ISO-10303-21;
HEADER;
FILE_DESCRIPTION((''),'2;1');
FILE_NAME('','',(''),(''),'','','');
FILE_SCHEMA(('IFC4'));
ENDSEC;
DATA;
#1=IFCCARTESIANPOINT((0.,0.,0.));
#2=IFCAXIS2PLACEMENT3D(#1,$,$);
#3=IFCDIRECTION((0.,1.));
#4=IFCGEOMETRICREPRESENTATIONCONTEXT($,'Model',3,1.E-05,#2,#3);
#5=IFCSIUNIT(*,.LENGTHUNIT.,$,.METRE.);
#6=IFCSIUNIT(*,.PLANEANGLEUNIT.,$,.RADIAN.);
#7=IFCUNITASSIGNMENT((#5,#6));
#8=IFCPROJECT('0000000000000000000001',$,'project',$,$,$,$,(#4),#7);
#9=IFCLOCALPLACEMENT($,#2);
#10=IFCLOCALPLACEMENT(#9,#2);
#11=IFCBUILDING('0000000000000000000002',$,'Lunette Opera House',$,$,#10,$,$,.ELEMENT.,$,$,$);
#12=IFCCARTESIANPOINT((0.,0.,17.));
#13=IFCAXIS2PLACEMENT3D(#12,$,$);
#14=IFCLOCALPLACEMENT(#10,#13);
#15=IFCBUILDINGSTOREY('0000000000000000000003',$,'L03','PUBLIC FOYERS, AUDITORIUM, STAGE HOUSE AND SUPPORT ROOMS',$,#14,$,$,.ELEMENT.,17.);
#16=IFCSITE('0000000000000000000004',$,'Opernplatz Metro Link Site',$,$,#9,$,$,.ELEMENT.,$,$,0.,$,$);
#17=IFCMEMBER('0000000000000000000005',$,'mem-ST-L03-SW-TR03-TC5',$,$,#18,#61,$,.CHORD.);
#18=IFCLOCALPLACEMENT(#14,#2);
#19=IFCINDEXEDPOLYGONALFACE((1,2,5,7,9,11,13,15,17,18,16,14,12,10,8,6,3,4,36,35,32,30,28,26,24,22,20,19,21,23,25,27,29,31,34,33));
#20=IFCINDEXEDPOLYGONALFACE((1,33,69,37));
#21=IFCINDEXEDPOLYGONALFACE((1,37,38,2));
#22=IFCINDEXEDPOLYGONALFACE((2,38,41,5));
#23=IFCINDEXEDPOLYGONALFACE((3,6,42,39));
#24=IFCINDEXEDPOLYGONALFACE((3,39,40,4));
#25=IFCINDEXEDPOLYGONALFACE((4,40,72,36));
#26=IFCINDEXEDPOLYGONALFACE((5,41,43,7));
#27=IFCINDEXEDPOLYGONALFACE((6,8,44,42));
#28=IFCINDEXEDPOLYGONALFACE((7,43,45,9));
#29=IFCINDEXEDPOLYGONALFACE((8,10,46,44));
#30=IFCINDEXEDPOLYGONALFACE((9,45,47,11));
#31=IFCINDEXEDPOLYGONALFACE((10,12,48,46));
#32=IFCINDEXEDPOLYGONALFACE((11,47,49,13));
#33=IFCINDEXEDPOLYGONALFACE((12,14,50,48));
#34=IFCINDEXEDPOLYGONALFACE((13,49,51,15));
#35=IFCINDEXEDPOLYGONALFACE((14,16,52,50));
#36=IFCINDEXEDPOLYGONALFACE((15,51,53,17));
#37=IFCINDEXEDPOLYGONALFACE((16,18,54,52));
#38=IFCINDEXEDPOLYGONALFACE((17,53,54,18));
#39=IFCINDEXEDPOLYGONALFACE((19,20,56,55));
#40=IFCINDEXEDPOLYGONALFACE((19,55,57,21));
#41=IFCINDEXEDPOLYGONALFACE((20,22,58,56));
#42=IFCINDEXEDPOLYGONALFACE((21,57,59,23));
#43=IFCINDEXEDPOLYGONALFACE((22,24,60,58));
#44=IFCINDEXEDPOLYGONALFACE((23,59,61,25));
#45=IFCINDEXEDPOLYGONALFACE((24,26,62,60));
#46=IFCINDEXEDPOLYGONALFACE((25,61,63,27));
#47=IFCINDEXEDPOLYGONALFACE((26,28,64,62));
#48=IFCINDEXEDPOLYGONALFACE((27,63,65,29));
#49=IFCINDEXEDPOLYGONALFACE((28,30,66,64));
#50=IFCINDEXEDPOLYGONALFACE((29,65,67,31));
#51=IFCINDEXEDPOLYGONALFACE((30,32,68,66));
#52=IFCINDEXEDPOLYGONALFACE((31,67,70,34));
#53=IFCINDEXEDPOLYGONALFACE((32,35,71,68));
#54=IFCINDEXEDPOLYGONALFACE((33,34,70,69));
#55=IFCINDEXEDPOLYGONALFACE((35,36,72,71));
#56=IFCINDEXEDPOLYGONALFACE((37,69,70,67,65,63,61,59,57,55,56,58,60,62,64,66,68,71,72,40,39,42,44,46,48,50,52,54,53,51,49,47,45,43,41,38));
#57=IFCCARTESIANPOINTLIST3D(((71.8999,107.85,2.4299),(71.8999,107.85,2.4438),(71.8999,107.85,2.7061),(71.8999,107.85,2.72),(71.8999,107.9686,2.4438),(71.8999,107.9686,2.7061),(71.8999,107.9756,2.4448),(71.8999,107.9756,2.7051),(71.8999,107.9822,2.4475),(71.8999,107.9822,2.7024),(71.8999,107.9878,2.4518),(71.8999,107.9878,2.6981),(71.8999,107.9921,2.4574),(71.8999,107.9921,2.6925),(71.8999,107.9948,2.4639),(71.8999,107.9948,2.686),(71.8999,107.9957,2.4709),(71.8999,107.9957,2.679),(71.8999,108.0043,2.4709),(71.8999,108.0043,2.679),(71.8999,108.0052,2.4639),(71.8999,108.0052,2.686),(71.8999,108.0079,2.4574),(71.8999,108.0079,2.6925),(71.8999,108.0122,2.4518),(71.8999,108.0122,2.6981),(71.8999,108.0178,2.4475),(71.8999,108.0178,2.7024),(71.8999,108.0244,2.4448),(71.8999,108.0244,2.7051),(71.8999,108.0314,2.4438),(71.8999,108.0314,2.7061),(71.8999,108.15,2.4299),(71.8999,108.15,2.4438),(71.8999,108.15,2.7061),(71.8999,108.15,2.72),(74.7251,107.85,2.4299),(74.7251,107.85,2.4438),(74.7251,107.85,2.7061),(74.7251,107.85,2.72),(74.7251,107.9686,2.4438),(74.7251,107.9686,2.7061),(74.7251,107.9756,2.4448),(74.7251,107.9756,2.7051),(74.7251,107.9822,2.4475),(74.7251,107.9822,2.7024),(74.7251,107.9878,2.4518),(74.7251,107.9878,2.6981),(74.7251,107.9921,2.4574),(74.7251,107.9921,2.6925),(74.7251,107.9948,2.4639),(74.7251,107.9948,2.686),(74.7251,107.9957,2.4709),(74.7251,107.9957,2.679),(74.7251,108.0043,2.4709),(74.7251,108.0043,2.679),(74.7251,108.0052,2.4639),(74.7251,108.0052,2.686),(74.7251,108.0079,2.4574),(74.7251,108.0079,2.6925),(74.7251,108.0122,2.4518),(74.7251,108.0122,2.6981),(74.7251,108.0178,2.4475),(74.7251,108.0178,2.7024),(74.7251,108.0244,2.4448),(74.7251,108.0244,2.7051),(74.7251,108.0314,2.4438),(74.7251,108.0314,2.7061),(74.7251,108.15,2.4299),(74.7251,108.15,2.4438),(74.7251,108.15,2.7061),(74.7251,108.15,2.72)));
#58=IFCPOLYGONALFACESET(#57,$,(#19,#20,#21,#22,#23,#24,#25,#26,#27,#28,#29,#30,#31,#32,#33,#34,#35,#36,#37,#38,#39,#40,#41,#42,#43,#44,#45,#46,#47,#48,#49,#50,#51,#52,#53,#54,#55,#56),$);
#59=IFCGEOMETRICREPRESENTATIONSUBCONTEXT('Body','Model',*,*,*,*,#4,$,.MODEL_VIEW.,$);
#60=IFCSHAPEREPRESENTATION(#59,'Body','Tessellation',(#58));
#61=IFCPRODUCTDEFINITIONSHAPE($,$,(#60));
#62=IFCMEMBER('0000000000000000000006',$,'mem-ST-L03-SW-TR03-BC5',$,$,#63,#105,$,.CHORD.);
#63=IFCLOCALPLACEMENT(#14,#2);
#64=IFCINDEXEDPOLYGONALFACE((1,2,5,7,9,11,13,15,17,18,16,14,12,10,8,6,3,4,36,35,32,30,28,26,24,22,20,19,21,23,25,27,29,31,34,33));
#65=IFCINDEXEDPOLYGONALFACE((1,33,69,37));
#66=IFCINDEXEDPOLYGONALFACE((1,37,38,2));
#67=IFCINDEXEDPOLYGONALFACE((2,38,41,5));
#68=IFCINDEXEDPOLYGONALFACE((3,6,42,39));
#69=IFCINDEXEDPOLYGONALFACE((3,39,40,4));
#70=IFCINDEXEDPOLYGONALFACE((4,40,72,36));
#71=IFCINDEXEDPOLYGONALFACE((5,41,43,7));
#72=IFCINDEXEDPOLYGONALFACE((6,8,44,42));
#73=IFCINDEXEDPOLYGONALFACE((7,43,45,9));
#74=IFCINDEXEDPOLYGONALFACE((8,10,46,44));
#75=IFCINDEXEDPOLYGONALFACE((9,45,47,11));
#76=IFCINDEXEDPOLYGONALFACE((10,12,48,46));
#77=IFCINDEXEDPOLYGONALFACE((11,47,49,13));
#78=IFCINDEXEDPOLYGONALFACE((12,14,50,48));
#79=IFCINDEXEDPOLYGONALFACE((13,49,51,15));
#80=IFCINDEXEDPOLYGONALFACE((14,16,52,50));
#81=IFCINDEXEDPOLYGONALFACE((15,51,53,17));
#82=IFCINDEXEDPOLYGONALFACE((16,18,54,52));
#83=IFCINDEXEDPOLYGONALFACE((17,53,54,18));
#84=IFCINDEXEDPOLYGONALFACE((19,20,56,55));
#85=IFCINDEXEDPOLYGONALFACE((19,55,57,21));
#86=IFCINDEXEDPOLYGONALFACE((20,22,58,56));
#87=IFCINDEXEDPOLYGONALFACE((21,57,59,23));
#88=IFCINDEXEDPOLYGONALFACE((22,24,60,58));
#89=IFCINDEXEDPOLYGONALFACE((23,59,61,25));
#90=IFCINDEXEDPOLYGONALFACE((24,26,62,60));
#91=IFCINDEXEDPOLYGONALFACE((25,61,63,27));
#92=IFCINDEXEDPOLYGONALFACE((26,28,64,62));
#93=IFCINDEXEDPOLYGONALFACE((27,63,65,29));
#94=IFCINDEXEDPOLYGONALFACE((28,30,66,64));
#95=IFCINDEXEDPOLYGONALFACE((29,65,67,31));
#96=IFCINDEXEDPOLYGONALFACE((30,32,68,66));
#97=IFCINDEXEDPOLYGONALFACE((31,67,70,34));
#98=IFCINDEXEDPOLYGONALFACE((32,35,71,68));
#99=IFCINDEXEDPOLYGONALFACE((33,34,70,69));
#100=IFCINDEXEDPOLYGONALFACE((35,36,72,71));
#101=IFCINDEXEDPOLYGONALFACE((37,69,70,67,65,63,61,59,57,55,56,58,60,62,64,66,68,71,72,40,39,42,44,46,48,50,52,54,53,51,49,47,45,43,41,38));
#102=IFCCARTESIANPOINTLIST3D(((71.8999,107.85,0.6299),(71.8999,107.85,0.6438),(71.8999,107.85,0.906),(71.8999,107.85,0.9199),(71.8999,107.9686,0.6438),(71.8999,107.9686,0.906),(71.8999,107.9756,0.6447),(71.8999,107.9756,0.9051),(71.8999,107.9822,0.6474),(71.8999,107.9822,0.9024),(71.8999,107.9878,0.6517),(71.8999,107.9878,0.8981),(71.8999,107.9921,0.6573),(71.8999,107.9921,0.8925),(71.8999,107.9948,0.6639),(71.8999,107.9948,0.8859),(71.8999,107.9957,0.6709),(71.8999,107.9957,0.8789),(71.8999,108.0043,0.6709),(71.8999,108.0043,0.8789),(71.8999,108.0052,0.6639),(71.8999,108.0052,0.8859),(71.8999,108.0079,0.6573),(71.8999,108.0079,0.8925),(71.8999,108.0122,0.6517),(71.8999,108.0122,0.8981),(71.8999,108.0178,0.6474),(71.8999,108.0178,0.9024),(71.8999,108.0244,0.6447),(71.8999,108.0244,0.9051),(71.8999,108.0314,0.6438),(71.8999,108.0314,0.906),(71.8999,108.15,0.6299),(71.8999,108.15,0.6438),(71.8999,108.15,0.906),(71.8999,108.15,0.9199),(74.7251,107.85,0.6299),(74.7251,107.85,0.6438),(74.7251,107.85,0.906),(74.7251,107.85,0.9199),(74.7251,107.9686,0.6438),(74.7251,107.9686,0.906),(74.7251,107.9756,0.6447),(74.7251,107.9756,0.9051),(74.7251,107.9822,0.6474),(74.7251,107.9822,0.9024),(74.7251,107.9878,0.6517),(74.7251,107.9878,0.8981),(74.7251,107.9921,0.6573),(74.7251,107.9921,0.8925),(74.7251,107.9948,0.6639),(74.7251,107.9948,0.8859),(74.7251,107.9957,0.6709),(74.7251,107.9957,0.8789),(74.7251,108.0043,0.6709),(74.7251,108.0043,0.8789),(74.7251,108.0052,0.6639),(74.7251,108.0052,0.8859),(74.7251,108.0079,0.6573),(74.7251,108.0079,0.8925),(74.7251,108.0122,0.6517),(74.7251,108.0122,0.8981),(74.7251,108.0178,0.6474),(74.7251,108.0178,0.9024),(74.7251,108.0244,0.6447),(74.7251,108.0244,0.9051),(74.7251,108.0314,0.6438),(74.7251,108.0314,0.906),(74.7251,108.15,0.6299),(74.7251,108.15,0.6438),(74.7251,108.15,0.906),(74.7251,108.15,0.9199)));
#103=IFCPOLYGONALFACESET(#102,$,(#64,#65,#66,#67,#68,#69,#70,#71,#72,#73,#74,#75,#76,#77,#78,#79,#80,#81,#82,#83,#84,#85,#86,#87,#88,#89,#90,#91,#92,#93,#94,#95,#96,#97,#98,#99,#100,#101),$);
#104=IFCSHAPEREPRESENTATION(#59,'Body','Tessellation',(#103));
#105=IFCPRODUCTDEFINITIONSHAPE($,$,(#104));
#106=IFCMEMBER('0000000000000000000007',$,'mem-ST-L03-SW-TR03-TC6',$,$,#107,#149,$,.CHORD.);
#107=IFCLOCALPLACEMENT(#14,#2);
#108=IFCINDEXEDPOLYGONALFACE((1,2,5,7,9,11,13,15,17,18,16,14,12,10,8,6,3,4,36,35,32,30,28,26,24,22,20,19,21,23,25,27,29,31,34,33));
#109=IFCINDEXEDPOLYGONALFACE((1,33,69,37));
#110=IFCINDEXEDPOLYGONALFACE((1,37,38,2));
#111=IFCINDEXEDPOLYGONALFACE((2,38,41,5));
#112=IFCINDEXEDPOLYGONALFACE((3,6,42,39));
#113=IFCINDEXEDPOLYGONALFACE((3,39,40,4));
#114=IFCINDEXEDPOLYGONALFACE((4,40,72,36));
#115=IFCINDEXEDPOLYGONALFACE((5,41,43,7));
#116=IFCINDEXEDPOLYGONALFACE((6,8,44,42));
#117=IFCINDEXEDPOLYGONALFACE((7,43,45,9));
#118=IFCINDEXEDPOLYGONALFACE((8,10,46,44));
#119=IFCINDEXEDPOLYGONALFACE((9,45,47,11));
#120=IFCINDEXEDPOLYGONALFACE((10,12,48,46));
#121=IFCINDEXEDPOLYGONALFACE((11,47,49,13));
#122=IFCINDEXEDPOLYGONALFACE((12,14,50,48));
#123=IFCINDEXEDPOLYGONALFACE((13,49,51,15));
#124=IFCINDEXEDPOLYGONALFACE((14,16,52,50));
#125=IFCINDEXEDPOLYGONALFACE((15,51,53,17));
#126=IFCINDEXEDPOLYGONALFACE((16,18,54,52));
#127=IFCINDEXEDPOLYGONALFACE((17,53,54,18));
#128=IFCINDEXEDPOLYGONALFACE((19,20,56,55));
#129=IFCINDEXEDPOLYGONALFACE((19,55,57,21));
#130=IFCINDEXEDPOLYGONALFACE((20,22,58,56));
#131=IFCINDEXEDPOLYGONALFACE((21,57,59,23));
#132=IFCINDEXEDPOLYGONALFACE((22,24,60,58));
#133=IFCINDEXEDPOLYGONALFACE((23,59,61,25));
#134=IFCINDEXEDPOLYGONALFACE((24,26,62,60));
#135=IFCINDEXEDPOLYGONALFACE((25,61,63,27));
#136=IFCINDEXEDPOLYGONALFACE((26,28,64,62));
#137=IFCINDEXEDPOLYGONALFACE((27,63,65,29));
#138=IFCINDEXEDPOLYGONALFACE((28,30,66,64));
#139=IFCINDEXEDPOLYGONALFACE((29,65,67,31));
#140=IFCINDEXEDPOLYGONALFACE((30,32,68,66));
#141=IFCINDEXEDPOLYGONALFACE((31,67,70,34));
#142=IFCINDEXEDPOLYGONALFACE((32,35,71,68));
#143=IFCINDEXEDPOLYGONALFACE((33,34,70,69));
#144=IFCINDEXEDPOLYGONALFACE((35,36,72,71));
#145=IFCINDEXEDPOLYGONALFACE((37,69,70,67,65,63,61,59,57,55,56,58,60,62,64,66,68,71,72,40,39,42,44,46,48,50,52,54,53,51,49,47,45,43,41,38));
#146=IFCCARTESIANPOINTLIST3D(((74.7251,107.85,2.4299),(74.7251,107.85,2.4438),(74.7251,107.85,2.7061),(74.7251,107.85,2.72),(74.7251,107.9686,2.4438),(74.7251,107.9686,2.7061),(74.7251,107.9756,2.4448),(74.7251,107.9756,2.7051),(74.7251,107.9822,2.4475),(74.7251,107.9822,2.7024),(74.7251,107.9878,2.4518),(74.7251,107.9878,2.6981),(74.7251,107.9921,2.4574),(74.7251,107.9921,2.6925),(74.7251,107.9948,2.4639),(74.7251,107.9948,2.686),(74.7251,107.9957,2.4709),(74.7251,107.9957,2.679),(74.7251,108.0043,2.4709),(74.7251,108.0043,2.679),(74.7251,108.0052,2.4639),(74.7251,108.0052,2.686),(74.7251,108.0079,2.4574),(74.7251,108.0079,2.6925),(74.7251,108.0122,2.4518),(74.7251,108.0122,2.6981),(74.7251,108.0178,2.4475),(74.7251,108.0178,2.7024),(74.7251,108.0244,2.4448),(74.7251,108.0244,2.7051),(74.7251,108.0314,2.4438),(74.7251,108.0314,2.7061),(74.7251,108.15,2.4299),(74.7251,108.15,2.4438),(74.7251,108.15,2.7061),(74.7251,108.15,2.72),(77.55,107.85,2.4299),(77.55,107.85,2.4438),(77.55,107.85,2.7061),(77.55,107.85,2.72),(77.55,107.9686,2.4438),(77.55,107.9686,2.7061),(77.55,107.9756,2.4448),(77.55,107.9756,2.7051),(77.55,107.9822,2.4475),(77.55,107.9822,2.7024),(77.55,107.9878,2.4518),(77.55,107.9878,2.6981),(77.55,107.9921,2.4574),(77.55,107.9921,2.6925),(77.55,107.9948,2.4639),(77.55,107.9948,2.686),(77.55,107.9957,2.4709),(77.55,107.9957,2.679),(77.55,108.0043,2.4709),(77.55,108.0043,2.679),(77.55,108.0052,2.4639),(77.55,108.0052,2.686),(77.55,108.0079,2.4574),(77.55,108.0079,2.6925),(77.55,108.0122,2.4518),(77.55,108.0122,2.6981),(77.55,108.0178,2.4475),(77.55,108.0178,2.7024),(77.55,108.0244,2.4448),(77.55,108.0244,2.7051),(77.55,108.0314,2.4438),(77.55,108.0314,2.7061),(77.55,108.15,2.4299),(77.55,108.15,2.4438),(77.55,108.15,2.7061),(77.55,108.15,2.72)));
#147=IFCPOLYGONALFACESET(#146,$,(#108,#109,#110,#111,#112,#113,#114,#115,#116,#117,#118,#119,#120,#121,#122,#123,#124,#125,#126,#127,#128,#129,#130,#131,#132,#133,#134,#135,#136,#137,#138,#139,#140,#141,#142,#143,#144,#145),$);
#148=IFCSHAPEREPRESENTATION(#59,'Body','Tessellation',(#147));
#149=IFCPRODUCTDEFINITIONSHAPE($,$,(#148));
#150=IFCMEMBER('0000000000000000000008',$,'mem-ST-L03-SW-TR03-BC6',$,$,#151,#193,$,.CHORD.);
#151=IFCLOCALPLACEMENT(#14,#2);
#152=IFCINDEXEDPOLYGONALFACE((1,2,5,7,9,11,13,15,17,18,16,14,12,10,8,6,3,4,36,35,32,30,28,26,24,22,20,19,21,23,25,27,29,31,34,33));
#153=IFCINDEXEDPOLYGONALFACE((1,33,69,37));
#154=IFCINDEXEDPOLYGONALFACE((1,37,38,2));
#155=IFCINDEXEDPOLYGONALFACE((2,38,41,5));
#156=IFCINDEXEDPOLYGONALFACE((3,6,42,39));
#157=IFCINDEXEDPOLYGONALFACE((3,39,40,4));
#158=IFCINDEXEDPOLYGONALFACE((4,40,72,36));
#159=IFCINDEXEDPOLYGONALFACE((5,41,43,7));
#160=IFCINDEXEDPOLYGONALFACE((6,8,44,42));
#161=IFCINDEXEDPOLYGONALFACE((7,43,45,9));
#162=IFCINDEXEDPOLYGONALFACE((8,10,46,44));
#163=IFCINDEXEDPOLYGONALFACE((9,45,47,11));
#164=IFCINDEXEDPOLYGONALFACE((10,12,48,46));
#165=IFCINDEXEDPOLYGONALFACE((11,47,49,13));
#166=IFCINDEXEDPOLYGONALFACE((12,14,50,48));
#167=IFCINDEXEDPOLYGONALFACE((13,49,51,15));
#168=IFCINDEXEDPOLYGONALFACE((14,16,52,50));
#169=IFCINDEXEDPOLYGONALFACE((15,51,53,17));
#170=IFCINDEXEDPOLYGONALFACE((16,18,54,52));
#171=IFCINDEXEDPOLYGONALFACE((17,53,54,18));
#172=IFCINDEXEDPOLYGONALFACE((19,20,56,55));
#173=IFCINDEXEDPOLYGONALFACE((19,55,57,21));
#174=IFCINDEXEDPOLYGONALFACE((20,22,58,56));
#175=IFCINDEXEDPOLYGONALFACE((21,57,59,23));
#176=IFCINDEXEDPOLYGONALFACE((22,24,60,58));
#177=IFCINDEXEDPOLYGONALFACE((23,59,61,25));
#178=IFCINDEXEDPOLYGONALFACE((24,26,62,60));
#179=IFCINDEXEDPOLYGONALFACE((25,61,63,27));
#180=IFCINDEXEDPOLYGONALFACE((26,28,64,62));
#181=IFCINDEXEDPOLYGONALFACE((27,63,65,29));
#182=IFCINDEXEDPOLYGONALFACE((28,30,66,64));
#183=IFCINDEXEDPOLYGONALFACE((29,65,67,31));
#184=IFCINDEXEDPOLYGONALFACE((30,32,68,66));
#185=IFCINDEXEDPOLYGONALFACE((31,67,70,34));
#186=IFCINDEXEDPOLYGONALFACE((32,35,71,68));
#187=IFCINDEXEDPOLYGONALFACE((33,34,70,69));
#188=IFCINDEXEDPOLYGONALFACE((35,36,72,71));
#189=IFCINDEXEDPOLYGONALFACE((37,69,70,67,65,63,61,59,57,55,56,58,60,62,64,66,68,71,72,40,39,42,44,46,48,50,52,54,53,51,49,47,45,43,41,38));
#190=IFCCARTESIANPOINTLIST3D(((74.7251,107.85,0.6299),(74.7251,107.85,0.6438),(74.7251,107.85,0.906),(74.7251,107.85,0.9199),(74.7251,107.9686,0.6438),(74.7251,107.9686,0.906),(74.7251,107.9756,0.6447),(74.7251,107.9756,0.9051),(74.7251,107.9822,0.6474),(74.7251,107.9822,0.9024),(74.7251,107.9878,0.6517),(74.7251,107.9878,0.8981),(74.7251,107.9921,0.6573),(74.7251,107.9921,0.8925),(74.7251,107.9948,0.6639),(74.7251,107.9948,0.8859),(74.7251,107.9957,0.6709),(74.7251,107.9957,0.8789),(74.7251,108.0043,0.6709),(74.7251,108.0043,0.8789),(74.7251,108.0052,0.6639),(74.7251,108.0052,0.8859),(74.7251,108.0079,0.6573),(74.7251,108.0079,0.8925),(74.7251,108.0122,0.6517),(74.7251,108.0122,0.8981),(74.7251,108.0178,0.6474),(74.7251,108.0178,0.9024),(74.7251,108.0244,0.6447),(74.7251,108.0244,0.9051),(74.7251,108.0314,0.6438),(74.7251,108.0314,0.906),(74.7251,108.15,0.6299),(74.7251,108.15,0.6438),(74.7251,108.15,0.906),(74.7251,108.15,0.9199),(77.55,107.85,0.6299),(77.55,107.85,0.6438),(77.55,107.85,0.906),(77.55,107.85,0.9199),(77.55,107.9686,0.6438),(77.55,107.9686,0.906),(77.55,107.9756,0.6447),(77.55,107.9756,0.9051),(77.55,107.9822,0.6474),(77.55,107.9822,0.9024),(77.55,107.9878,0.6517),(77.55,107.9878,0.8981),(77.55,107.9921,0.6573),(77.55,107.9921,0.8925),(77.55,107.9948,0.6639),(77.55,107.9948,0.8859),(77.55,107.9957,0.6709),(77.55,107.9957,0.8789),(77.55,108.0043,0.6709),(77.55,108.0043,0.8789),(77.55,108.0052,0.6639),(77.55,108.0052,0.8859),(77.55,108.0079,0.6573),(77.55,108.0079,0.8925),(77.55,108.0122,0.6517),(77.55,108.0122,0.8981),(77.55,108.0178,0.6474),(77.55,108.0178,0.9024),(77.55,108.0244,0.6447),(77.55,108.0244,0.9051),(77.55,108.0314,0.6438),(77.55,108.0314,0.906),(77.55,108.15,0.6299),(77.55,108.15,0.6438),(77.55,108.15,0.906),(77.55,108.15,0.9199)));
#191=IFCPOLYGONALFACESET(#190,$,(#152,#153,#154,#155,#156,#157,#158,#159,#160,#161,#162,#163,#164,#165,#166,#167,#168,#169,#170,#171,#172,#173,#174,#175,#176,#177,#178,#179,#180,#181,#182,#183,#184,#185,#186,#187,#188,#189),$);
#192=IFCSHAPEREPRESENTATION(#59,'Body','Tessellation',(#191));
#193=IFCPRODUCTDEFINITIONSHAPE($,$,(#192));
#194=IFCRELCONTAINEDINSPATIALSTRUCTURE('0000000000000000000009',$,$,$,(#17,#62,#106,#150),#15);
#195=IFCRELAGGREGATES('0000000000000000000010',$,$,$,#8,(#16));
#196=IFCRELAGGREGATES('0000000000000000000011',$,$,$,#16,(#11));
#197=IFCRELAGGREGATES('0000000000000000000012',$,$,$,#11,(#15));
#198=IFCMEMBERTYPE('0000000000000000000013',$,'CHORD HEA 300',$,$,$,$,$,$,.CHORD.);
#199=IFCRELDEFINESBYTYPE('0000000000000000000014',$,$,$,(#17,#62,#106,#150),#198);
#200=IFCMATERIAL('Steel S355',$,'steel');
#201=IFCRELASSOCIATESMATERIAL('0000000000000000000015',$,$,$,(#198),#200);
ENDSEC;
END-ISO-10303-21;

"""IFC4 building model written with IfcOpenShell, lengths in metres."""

from ifc_helpers import new_model, si_unit, direction, frame, origin, origin_2d, place, context, subcontext, project, spatial, i_section, extrude, material, material_profile, profile_set, type_object, element, save


model = new_model("IFC4")

# Units and contexts
model_context = context("Model", 3, precision=1e-05, world=origin(), true_north=direction((0.0, 1.0)))
body_context = subcontext(model_context, "Body", "Model", "MODEL_VIEW")
ifc_project = project(units=[si_unit("LENGTHUNIT", "METRE"), si_unit("PLANEANGLEUNIT", "RADIAN")], contexts=[model_context])

# Site, building, storey
site_placement = place(None, origin())
site = spatial("IfcSite", under=ifc_project, at=site_placement, Name="Opernplatz Metro Link Site", CompositionType="ELEMENT", RefElevation=0.0)
building_placement = place(site_placement, origin())
building = spatial("IfcBuilding", under=site, at=building_placement, Name="Lunette Opera House", CompositionType="ELEMENT")
storey_placement = place(building_placement, frame((0.0, 0.0, 17.0)))
storey = spatial("IfcBuildingStorey", under=building, at=storey_placement, Name="L03", Description="PUBLIC FOYERS, AUDITORIUM, STAGE HOUSE AND SUPPORT ROOMS", CompositionType="ELEMENT", Elevation=17.0)

# Members
ifc_material_1 = material(Name="Steel S355", Category="steel")
ifc_material_profile_1 = material_profile(ifc_material_1, i_section(OverallWidth=0.3, OverallDepth=0.29, WebThickness=0.0085, FlangeThickness=0.0139, FilletRadius=0.0271, at=origin_2d()), Name="HEA 300")
ifc_profile_set_1 = profile_set([ifc_material_profile_1], Name="Steel S355")
member_type_1 = type_object("IfcMemberType", Name="CHORD HEA 300", PredefinedType="CHORD", material=ifc_profile_set_1)
for number, where, z_axis, x_axis, name in (
    (1, (71.8999, 108.0, 2.575), (1.0, 0.0, 0.0), (0.0, 1.0, 0.0), "mem-ST-L03-SW-TR03-TC5"),
    (2, (71.8999, 108.0, 0.7749), (1.0, 0.0, 0.0), (0.0, 1.0, 0.0), "mem-ST-L03-SW-TR03-BC5"),
):
    element("IfcMember", number, at=place(storey_placement, frame(where, z_axis=z_axis, x_axis=x_axis)), inside=storey, type_object=member_type_1, Name=name, PredefinedType="CHORD", context=body_context, shape_type="SweptSolid", body=[
        extrude(i_section(OverallWidth=0.3, OverallDepth=0.29, WebThickness=0.0085, FlangeThickness=0.0139, FilletRadius=0.0271, at=origin_2d()), origin(), (0.0, 0.0, 1.0), 2.8252),
    ])
for number, where, z_axis, x_axis, name in (
    (3, (74.7251, 108.0, 2.575), (1.0, 0.0, 0.0), (0.0, 1.0, 0.0), "mem-ST-L03-SW-TR03-TC6"),
    (4, (74.7251, 108.0, 0.7749), (1.0, 0.0, 0.0), (0.0, 1.0, 0.0), "mem-ST-L03-SW-TR03-BC6"),
):
    element("IfcMember", number, at=place(storey_placement, frame(where, z_axis=z_axis, x_axis=x_axis)), inside=storey, type_object=member_type_1, Name=name, PredefinedType="CHORD", context=body_context, shape_type="SweptSolid", body=[
        extrude(i_section(OverallWidth=0.3, OverallDepth=0.29, WebThickness=0.0085, FlangeThickness=0.0139, FilletRadius=0.0271, at=origin_2d()), origin(), (0.0, 0.0, 1.0), 2.825),
    ])

save(model, "model.ifc")
